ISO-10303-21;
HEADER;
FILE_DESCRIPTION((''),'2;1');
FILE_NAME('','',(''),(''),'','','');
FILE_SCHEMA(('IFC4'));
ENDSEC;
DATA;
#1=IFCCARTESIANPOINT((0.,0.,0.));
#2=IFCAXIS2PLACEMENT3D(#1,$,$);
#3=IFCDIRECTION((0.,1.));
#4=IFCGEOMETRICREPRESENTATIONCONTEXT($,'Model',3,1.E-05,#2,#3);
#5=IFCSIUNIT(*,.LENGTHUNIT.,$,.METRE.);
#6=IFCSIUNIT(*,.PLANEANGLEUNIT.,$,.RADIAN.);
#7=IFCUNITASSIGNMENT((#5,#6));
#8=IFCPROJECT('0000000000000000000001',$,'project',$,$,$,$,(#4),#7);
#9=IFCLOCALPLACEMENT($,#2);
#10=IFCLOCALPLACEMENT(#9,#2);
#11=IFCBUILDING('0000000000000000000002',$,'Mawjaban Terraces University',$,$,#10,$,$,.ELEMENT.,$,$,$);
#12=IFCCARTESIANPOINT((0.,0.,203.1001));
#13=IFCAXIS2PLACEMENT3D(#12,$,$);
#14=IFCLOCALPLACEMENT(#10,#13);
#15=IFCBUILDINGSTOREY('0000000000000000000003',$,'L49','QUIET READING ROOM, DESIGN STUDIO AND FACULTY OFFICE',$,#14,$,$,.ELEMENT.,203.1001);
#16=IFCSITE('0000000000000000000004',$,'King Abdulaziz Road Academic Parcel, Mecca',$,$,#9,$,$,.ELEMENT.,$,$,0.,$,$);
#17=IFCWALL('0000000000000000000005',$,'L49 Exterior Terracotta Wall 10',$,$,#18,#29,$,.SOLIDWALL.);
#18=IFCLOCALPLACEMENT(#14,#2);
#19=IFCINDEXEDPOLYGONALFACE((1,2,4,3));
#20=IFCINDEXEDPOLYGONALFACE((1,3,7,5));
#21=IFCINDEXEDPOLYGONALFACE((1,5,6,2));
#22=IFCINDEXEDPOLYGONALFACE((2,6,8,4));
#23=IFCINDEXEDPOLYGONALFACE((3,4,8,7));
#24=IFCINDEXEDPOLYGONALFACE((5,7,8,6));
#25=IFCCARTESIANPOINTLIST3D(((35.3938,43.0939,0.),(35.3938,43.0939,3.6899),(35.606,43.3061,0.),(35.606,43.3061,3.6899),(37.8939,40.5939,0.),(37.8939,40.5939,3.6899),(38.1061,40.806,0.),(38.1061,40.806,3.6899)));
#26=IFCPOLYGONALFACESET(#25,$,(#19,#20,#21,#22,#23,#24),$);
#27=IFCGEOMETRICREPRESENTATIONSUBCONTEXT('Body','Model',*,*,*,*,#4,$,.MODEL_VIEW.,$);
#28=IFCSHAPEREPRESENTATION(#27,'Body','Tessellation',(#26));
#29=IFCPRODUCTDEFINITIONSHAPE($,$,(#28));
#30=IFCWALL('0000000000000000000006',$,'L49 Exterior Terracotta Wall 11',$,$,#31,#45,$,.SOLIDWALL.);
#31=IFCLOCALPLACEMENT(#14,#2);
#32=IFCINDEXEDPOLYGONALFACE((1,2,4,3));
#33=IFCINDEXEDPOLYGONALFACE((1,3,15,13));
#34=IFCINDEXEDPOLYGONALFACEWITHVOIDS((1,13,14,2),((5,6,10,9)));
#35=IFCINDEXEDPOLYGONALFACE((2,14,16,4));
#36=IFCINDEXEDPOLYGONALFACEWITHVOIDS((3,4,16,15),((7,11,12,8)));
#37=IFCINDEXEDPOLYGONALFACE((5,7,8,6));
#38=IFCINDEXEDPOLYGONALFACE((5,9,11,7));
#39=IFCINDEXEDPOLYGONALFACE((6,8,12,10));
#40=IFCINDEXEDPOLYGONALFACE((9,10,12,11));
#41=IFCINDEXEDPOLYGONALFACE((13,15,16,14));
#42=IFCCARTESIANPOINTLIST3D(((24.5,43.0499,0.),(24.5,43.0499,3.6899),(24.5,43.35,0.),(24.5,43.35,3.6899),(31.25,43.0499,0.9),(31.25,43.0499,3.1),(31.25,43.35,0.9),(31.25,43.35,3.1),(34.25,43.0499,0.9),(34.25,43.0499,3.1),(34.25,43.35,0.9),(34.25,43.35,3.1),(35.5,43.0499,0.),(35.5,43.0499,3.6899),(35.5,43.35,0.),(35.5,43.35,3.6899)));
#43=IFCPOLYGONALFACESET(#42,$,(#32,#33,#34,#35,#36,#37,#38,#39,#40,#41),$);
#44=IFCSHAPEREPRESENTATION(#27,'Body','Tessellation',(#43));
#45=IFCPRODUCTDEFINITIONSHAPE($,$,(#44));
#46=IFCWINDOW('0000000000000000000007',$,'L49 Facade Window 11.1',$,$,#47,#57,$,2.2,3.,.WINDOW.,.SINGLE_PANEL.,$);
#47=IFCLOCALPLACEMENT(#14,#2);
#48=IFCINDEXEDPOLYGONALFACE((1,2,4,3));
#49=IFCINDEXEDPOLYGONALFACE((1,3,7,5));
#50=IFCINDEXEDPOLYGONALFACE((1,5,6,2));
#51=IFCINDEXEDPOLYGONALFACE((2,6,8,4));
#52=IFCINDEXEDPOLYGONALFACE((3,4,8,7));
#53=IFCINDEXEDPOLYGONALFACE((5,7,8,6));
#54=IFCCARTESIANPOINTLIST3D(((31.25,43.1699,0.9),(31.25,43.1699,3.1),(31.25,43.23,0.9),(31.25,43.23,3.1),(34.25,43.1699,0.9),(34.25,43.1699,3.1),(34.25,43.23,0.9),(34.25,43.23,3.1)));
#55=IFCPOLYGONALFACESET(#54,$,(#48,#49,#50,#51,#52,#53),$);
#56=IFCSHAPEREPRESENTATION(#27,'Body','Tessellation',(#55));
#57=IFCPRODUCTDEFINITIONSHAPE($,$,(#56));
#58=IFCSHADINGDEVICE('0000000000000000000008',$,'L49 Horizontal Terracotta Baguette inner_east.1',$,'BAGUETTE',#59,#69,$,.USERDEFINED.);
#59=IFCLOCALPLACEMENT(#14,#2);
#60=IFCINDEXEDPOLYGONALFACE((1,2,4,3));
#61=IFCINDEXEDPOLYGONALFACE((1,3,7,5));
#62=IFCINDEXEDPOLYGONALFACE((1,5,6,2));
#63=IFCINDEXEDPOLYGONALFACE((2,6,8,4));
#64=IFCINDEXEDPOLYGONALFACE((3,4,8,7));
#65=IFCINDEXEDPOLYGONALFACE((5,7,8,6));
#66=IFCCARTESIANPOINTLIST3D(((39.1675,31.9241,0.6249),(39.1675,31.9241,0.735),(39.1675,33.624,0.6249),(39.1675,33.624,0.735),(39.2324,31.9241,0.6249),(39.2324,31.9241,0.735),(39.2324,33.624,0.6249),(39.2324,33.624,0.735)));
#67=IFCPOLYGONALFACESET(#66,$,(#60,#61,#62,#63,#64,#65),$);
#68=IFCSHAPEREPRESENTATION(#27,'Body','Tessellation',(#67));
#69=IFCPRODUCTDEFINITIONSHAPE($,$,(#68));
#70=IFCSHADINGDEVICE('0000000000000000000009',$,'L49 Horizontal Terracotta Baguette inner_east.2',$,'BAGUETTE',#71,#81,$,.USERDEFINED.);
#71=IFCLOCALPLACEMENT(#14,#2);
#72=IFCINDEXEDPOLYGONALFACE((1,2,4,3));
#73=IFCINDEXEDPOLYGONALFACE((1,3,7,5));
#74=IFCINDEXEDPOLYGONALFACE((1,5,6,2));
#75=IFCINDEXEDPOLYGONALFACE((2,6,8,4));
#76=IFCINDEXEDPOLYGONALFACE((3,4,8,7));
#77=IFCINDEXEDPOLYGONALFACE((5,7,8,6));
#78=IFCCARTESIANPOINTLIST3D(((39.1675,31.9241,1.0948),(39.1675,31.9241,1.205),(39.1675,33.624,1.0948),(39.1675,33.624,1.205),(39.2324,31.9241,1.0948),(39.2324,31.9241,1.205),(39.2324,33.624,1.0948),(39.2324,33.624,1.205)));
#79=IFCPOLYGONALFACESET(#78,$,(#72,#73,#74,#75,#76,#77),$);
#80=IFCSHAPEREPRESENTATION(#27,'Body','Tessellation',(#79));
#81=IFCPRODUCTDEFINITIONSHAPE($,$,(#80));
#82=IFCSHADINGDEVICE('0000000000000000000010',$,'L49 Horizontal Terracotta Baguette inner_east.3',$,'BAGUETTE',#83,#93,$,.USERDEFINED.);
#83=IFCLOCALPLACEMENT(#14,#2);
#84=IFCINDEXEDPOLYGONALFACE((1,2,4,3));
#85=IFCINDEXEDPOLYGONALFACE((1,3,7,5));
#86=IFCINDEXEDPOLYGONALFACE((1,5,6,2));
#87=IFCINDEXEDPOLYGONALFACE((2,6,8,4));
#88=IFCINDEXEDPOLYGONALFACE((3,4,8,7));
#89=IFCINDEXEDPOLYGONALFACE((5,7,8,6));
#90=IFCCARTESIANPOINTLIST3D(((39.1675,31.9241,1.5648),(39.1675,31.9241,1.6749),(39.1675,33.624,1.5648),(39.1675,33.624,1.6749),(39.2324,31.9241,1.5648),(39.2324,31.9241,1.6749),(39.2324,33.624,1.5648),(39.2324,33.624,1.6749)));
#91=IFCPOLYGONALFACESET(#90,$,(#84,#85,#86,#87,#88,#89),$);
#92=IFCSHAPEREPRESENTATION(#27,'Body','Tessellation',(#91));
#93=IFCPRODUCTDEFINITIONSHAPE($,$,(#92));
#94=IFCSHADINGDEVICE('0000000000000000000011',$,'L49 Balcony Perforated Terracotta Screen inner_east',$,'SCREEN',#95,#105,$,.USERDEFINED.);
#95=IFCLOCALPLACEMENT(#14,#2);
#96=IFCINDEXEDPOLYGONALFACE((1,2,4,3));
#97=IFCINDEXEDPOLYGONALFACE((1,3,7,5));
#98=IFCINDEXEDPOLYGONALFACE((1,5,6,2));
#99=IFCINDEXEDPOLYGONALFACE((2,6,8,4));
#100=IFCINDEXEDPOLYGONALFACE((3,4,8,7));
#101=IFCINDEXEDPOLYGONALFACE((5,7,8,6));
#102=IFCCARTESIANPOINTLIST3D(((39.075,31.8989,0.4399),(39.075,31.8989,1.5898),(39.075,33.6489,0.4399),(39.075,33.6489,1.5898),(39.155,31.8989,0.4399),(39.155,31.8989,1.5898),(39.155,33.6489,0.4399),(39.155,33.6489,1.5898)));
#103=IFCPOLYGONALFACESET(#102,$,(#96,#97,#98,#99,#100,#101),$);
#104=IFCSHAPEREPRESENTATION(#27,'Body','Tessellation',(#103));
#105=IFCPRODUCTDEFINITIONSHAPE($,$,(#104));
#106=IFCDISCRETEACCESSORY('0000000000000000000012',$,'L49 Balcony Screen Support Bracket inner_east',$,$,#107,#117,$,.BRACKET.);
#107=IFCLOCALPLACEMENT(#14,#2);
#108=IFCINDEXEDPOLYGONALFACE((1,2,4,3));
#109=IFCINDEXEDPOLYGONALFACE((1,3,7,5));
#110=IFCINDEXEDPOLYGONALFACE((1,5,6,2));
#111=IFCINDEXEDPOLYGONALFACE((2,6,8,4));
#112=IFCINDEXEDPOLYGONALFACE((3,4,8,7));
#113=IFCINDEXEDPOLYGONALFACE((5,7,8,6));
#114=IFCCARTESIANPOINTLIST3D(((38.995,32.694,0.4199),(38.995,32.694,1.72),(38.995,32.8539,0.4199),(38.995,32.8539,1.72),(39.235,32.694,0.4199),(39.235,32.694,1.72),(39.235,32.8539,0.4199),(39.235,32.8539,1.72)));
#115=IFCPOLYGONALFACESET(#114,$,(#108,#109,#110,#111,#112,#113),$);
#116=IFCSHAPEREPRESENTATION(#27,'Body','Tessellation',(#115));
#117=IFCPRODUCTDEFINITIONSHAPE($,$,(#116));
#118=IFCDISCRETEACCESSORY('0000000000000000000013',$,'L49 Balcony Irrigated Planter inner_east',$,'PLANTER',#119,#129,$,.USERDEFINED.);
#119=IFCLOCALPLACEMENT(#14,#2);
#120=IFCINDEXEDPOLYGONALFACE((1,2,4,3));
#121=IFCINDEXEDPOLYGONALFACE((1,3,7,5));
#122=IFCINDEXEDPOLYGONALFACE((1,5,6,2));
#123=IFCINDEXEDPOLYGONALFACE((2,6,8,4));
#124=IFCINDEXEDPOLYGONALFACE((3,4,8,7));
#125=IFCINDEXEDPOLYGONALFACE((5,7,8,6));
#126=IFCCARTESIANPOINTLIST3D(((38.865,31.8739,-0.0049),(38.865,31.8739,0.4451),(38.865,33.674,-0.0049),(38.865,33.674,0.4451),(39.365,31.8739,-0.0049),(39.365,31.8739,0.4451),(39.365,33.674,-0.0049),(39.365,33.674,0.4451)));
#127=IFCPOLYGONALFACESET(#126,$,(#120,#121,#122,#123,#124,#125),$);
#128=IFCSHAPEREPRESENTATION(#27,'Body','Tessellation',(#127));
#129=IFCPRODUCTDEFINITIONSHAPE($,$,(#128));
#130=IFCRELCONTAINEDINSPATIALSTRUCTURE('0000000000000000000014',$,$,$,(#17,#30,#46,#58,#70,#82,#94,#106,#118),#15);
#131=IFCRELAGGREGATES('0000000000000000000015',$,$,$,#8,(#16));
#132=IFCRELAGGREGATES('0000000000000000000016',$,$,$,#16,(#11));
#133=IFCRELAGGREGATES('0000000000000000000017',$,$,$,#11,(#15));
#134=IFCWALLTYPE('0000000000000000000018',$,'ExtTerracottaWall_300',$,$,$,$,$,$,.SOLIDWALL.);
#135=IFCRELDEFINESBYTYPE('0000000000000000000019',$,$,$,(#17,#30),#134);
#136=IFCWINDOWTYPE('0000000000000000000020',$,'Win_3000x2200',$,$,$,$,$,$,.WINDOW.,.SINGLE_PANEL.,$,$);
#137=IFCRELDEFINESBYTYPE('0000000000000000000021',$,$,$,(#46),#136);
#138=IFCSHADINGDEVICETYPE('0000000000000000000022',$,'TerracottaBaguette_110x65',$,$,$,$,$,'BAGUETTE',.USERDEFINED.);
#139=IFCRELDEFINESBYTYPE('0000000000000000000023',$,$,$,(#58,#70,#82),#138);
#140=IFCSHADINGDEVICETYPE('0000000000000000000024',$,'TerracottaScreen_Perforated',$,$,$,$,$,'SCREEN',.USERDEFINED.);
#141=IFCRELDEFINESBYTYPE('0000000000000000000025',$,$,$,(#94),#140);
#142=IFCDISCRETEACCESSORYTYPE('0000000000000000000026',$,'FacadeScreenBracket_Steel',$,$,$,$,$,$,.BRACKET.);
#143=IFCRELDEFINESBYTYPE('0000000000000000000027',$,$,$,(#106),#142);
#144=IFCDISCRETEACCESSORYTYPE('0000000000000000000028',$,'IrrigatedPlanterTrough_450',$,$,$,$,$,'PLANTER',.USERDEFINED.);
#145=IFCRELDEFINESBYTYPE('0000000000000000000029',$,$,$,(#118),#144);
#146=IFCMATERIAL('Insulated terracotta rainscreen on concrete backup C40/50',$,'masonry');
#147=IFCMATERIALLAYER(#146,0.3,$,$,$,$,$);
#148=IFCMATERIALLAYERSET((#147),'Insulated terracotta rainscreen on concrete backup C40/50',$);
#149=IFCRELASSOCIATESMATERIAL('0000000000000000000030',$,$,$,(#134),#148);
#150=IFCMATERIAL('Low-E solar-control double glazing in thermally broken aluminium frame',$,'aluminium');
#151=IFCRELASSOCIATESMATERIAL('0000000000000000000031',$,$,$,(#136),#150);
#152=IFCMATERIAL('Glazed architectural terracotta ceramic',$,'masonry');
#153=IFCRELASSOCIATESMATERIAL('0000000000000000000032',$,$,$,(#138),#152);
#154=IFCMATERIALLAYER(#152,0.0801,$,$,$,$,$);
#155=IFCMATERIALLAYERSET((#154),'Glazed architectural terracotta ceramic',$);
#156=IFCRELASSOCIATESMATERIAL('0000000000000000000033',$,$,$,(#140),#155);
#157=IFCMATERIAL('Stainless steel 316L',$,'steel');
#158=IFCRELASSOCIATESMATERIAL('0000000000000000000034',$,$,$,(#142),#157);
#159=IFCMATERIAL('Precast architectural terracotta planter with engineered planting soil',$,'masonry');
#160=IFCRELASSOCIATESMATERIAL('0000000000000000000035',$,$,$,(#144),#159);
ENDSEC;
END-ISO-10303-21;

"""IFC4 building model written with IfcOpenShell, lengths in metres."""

from ifc_helpers import new_model, si_unit, direction, frame, frame_2d, origin, origin_2d, place, context, subcontext, project, spatial, rectangle, extrude, material, layer, layer_set, material_profile, profile_set, type_object, element, fill, save


model = new_model("IFC4")

# Units and contexts
model_context = context("Model", 3, precision=1e-05, world=origin(), true_north=direction((0.0, 1.0)))
body_context = subcontext(model_context, "Body", "Model", "MODEL_VIEW")
ifc_project = project(units=[si_unit("LENGTHUNIT", "METRE"), si_unit("PLANEANGLEUNIT", "RADIAN")], contexts=[model_context])

# Site, building, storey
site_placement = place(None, origin())
site = spatial("IfcSite", under=ifc_project, at=site_placement, Name="King Abdulaziz Road Academic Parcel, Mecca", CompositionType="ELEMENT", RefElevation=0.0)
building_placement = place(site_placement, origin())
building = spatial("IfcBuilding", under=site, at=building_placement, Name="Mawjaban Terraces University", CompositionType="ELEMENT")
storey_placement = place(building_placement, frame((0.0, 0.0, 203.1001)))
storey = spatial("IfcBuildingStorey", under=building, at=storey_placement, Name="L49", Description="QUIET READING ROOM, DESIGN STUDIO AND FACULTY OFFICE", CompositionType="ELEMENT", Elevation=203.1001)

# Wall
ifc_material_1 = material(Name="Insulated terracotta rainscreen on concrete backup C40/50", Category="masonry")
ifc_layer_1 = layer(ifc_material_1, 0.3)
ifc_layer_set_1 = layer_set([ifc_layer_1], Name="Insulated terracotta rainscreen on concrete backup C40/50")
wall_type_1 = type_object("IfcWallType", Name="ExtTerracottaWall_300", PredefinedType="SOLIDWALL", material=ifc_layer_set_1)
wall_1_placement = place(storey_placement, frame((38.0, 40.7, 0.0), z_axis=(0.0, 0.0, 1.0), x_axis=(-0.707107, 0.707107, 0.0)))
element("IfcWall", 1, at=wall_1_placement, inside=storey, type_object=wall_type_1, Name="L49 Exterior Terracotta Wall 10", PredefinedType="SOLIDWALL", context=body_context, shape_type="SweptSolid", body=[
    extrude(rectangle(XDim=3.5356, YDim=0.3, at=frame_2d((1.7678, 0.0))), origin(), (0.0, 0.0, 1.0), 3.6899),
])

# Wall, opening, window
wall_2_placement = place(storey_placement, frame((35.5, 43.2, 0.0), z_axis=(0.0, 0.0, 1.0), x_axis=(-1.0, 0.0, 0.0)))
wall_2 = element("IfcWall", 2, at=wall_2_placement, inside=storey, type_object=wall_type_1, Name="L49 Exterior Terracotta Wall 11", PredefinedType="SOLIDWALL", context=body_context, shape_type="SweptSolid", body=[
    extrude(rectangle(XDim=11.0, YDim=0.3, at=frame_2d((5.5, 0.0))), origin(), (0.0, 0.0, 1.0), 3.6899),
])
opening_1_placement = place(wall_2_placement, frame((1.25, 0.0, 0.8999)))
opening_1 = element("IfcOpeningElement", 3, at=opening_1_placement, cuts=wall_2, PredefinedType="OPENING", context=body_context, shape_type="SweptSolid", body=[
    extrude(rectangle(XDim=3.0, YDim=2.2, at=frame_2d((1.5, 1.1001))), frame((0.0, 0.1599, 0.0), z_axis=(0.0, -1.0, 0.0), x_axis=(1.0, 0.0, 0.0)), (0.0, 0.0, 1.0), 0.3201),
])
ifc_material_2 = material(Name="Low-E solar-control double glazing in thermally broken aluminium frame", Category="aluminium")
window_type = type_object("IfcWindowType", Name="Win_3000x2200", PartitioningType="SINGLE_PANEL", PredefinedType="WINDOW", material=ifc_material_2)
window_placement = place(opening_1_placement, origin())
window = element("IfcWindow", 4, at=window_placement, inside=storey, type_object=window_type, Name="L49 Facade Window 11.1", OverallHeight=2.2, OverallWidth=3.0, PartitioningType="SINGLE_PANEL", PredefinedType="WINDOW", context=body_context, shape_type="SweptSolid", body=[
    extrude(rectangle(XDim=3.0, YDim=2.2, at=frame_2d((1.5, 1.1001))), frame((0.0, 0.03, 0.0), z_axis=(0.0, -1.0, 0.0), x_axis=(1.0, 0.0, 0.0)), (0.0, 0.0, 1.0), 0.0601),
])
fill(opening_1, window)

# Shading devices
ifc_material_3 = material(Name="Glazed architectural terracotta ceramic", Category="masonry")
ifc_material_profile_1 = material_profile(ifc_material_3, rectangle(XDim=0.0649, YDim=0.1101, at=origin_2d()), Name="TBAG110X65")
ifc_profile_set_1 = profile_set([ifc_material_profile_1], Name="Glazed architectural terracotta ceramic")
shading_device_type_1 = type_object("IfcShadingDeviceType", Name="TerracottaBaguette_110x65", ElementType="BAGUETTE", PredefinedType="USERDEFINED", material=ifc_profile_set_1)
for number, where, z_axis, x_axis, name in (
    (5, (39.2, 31.9241, 0.6799), (0.0, 1.0, 0.0), (-1.0, 0.0, 0.0), "L49 Horizontal Terracotta Baguette inner_east.1"),
    (6, (39.2, 31.9241, 1.1499), (0.0, 1.0, 0.0), (-1.0, 0.0, 0.0), "L49 Horizontal Terracotta Baguette inner_east.2"),
    (7, (39.2, 31.9241, 1.6199), (0.0, 1.0, 0.0), (-1.0, 0.0, 0.0), "L49 Horizontal Terracotta Baguette inner_east.3"),
):
    element("IfcShadingDevice", number, at=place(storey_placement, frame(where, z_axis=z_axis, x_axis=x_axis)), inside=storey, type_object=shading_device_type_1, Name=name, ObjectType="BAGUETTE", PredefinedType="USERDEFINED", context=body_context, shape_type="SweptSolid", body=[
        extrude(rectangle(XDim=0.0649, YDim=0.1101, at=origin_2d()), origin(), (0.0, 0.0, 1.0), 1.7),
    ])
ifc_layer_2 = layer(ifc_material_3, 0.0801)
ifc_layer_set_2 = layer_set([ifc_layer_2], Name="Glazed architectural terracotta ceramic")
shading_device_type_2 = type_object("IfcShadingDeviceType", Name="TerracottaScreen_Perforated", ElementType="SCREEN", PredefinedType="USERDEFINED", material=ifc_layer_set_2)
shading_device_placement = place(storey_placement, frame((39.115, 32.7739, 0.4399), z_axis=(0.0, 0.0, 1.0), x_axis=(0.0, 1.0, 0.0)))
element("IfcShadingDevice", 8, at=shading_device_placement, inside=storey, type_object=shading_device_type_2, Name="L49 Balcony Perforated Terracotta Screen inner_east", ObjectType="SCREEN", PredefinedType="USERDEFINED", context=body_context, shape_type="SweptSolid", body=[
    extrude(rectangle(XDim=1.75, YDim=0.0801, at=origin_2d()), origin(), (0.0, 0.0, 1.0), 1.1499),
])

# Discrete accessories
ifc_material_4 = material(Name="Stainless steel 316L", Category="steel")
discrete_accessory_type_1 = type_object("IfcDiscreteAccessoryType", Name="FacadeScreenBracket_Steel", PredefinedType="BRACKET", material=ifc_material_4)
discrete_accessory_1_placement = place(storey_placement, frame((39.115, 32.7739, 0.4199), z_axis=(0.0, 0.0, 1.0), x_axis=(0.0, 1.0, 0.0)))
element("IfcDiscreteAccessory", 9, at=discrete_accessory_1_placement, inside=storey, type_object=discrete_accessory_type_1, Name="L49 Balcony Screen Support Bracket inner_east", PredefinedType="BRACKET", context=body_context, shape_type="SweptSolid", body=[
    extrude(rectangle(XDim=0.1599, YDim=0.24, at=origin_2d()), origin(), (0.0, 0.0, 1.0), 1.3),
])
ifc_material_5 = material(Name="Precast architectural terracotta planter with engineered planting soil", Category="masonry")
discrete_accessory_type_2 = type_object("IfcDiscreteAccessoryType", Name="IrrigatedPlanterTrough_450", ElementType="PLANTER", PredefinedType="USERDEFINED", material=ifc_material_5)
discrete_accessory_2_placement = place(storey_placement, frame((39.115, 32.7739, -0.0049), z_axis=(0.0, 0.0, 1.0), x_axis=(0.0, 1.0, 0.0)))
element("IfcDiscreteAccessory", 10, at=discrete_accessory_2_placement, inside=storey, type_object=discrete_accessory_type_2, Name="L49 Balcony Irrigated Planter inner_east", ObjectType="PLANTER", PredefinedType="USERDEFINED", context=body_context, shape_type="SweptSolid", body=[
    extrude(rectangle(XDim=1.8, YDim=0.5, at=origin_2d()), origin(), (0.0, 0.0, 1.0), 0.45),
])

save(model, "model.ifc")
